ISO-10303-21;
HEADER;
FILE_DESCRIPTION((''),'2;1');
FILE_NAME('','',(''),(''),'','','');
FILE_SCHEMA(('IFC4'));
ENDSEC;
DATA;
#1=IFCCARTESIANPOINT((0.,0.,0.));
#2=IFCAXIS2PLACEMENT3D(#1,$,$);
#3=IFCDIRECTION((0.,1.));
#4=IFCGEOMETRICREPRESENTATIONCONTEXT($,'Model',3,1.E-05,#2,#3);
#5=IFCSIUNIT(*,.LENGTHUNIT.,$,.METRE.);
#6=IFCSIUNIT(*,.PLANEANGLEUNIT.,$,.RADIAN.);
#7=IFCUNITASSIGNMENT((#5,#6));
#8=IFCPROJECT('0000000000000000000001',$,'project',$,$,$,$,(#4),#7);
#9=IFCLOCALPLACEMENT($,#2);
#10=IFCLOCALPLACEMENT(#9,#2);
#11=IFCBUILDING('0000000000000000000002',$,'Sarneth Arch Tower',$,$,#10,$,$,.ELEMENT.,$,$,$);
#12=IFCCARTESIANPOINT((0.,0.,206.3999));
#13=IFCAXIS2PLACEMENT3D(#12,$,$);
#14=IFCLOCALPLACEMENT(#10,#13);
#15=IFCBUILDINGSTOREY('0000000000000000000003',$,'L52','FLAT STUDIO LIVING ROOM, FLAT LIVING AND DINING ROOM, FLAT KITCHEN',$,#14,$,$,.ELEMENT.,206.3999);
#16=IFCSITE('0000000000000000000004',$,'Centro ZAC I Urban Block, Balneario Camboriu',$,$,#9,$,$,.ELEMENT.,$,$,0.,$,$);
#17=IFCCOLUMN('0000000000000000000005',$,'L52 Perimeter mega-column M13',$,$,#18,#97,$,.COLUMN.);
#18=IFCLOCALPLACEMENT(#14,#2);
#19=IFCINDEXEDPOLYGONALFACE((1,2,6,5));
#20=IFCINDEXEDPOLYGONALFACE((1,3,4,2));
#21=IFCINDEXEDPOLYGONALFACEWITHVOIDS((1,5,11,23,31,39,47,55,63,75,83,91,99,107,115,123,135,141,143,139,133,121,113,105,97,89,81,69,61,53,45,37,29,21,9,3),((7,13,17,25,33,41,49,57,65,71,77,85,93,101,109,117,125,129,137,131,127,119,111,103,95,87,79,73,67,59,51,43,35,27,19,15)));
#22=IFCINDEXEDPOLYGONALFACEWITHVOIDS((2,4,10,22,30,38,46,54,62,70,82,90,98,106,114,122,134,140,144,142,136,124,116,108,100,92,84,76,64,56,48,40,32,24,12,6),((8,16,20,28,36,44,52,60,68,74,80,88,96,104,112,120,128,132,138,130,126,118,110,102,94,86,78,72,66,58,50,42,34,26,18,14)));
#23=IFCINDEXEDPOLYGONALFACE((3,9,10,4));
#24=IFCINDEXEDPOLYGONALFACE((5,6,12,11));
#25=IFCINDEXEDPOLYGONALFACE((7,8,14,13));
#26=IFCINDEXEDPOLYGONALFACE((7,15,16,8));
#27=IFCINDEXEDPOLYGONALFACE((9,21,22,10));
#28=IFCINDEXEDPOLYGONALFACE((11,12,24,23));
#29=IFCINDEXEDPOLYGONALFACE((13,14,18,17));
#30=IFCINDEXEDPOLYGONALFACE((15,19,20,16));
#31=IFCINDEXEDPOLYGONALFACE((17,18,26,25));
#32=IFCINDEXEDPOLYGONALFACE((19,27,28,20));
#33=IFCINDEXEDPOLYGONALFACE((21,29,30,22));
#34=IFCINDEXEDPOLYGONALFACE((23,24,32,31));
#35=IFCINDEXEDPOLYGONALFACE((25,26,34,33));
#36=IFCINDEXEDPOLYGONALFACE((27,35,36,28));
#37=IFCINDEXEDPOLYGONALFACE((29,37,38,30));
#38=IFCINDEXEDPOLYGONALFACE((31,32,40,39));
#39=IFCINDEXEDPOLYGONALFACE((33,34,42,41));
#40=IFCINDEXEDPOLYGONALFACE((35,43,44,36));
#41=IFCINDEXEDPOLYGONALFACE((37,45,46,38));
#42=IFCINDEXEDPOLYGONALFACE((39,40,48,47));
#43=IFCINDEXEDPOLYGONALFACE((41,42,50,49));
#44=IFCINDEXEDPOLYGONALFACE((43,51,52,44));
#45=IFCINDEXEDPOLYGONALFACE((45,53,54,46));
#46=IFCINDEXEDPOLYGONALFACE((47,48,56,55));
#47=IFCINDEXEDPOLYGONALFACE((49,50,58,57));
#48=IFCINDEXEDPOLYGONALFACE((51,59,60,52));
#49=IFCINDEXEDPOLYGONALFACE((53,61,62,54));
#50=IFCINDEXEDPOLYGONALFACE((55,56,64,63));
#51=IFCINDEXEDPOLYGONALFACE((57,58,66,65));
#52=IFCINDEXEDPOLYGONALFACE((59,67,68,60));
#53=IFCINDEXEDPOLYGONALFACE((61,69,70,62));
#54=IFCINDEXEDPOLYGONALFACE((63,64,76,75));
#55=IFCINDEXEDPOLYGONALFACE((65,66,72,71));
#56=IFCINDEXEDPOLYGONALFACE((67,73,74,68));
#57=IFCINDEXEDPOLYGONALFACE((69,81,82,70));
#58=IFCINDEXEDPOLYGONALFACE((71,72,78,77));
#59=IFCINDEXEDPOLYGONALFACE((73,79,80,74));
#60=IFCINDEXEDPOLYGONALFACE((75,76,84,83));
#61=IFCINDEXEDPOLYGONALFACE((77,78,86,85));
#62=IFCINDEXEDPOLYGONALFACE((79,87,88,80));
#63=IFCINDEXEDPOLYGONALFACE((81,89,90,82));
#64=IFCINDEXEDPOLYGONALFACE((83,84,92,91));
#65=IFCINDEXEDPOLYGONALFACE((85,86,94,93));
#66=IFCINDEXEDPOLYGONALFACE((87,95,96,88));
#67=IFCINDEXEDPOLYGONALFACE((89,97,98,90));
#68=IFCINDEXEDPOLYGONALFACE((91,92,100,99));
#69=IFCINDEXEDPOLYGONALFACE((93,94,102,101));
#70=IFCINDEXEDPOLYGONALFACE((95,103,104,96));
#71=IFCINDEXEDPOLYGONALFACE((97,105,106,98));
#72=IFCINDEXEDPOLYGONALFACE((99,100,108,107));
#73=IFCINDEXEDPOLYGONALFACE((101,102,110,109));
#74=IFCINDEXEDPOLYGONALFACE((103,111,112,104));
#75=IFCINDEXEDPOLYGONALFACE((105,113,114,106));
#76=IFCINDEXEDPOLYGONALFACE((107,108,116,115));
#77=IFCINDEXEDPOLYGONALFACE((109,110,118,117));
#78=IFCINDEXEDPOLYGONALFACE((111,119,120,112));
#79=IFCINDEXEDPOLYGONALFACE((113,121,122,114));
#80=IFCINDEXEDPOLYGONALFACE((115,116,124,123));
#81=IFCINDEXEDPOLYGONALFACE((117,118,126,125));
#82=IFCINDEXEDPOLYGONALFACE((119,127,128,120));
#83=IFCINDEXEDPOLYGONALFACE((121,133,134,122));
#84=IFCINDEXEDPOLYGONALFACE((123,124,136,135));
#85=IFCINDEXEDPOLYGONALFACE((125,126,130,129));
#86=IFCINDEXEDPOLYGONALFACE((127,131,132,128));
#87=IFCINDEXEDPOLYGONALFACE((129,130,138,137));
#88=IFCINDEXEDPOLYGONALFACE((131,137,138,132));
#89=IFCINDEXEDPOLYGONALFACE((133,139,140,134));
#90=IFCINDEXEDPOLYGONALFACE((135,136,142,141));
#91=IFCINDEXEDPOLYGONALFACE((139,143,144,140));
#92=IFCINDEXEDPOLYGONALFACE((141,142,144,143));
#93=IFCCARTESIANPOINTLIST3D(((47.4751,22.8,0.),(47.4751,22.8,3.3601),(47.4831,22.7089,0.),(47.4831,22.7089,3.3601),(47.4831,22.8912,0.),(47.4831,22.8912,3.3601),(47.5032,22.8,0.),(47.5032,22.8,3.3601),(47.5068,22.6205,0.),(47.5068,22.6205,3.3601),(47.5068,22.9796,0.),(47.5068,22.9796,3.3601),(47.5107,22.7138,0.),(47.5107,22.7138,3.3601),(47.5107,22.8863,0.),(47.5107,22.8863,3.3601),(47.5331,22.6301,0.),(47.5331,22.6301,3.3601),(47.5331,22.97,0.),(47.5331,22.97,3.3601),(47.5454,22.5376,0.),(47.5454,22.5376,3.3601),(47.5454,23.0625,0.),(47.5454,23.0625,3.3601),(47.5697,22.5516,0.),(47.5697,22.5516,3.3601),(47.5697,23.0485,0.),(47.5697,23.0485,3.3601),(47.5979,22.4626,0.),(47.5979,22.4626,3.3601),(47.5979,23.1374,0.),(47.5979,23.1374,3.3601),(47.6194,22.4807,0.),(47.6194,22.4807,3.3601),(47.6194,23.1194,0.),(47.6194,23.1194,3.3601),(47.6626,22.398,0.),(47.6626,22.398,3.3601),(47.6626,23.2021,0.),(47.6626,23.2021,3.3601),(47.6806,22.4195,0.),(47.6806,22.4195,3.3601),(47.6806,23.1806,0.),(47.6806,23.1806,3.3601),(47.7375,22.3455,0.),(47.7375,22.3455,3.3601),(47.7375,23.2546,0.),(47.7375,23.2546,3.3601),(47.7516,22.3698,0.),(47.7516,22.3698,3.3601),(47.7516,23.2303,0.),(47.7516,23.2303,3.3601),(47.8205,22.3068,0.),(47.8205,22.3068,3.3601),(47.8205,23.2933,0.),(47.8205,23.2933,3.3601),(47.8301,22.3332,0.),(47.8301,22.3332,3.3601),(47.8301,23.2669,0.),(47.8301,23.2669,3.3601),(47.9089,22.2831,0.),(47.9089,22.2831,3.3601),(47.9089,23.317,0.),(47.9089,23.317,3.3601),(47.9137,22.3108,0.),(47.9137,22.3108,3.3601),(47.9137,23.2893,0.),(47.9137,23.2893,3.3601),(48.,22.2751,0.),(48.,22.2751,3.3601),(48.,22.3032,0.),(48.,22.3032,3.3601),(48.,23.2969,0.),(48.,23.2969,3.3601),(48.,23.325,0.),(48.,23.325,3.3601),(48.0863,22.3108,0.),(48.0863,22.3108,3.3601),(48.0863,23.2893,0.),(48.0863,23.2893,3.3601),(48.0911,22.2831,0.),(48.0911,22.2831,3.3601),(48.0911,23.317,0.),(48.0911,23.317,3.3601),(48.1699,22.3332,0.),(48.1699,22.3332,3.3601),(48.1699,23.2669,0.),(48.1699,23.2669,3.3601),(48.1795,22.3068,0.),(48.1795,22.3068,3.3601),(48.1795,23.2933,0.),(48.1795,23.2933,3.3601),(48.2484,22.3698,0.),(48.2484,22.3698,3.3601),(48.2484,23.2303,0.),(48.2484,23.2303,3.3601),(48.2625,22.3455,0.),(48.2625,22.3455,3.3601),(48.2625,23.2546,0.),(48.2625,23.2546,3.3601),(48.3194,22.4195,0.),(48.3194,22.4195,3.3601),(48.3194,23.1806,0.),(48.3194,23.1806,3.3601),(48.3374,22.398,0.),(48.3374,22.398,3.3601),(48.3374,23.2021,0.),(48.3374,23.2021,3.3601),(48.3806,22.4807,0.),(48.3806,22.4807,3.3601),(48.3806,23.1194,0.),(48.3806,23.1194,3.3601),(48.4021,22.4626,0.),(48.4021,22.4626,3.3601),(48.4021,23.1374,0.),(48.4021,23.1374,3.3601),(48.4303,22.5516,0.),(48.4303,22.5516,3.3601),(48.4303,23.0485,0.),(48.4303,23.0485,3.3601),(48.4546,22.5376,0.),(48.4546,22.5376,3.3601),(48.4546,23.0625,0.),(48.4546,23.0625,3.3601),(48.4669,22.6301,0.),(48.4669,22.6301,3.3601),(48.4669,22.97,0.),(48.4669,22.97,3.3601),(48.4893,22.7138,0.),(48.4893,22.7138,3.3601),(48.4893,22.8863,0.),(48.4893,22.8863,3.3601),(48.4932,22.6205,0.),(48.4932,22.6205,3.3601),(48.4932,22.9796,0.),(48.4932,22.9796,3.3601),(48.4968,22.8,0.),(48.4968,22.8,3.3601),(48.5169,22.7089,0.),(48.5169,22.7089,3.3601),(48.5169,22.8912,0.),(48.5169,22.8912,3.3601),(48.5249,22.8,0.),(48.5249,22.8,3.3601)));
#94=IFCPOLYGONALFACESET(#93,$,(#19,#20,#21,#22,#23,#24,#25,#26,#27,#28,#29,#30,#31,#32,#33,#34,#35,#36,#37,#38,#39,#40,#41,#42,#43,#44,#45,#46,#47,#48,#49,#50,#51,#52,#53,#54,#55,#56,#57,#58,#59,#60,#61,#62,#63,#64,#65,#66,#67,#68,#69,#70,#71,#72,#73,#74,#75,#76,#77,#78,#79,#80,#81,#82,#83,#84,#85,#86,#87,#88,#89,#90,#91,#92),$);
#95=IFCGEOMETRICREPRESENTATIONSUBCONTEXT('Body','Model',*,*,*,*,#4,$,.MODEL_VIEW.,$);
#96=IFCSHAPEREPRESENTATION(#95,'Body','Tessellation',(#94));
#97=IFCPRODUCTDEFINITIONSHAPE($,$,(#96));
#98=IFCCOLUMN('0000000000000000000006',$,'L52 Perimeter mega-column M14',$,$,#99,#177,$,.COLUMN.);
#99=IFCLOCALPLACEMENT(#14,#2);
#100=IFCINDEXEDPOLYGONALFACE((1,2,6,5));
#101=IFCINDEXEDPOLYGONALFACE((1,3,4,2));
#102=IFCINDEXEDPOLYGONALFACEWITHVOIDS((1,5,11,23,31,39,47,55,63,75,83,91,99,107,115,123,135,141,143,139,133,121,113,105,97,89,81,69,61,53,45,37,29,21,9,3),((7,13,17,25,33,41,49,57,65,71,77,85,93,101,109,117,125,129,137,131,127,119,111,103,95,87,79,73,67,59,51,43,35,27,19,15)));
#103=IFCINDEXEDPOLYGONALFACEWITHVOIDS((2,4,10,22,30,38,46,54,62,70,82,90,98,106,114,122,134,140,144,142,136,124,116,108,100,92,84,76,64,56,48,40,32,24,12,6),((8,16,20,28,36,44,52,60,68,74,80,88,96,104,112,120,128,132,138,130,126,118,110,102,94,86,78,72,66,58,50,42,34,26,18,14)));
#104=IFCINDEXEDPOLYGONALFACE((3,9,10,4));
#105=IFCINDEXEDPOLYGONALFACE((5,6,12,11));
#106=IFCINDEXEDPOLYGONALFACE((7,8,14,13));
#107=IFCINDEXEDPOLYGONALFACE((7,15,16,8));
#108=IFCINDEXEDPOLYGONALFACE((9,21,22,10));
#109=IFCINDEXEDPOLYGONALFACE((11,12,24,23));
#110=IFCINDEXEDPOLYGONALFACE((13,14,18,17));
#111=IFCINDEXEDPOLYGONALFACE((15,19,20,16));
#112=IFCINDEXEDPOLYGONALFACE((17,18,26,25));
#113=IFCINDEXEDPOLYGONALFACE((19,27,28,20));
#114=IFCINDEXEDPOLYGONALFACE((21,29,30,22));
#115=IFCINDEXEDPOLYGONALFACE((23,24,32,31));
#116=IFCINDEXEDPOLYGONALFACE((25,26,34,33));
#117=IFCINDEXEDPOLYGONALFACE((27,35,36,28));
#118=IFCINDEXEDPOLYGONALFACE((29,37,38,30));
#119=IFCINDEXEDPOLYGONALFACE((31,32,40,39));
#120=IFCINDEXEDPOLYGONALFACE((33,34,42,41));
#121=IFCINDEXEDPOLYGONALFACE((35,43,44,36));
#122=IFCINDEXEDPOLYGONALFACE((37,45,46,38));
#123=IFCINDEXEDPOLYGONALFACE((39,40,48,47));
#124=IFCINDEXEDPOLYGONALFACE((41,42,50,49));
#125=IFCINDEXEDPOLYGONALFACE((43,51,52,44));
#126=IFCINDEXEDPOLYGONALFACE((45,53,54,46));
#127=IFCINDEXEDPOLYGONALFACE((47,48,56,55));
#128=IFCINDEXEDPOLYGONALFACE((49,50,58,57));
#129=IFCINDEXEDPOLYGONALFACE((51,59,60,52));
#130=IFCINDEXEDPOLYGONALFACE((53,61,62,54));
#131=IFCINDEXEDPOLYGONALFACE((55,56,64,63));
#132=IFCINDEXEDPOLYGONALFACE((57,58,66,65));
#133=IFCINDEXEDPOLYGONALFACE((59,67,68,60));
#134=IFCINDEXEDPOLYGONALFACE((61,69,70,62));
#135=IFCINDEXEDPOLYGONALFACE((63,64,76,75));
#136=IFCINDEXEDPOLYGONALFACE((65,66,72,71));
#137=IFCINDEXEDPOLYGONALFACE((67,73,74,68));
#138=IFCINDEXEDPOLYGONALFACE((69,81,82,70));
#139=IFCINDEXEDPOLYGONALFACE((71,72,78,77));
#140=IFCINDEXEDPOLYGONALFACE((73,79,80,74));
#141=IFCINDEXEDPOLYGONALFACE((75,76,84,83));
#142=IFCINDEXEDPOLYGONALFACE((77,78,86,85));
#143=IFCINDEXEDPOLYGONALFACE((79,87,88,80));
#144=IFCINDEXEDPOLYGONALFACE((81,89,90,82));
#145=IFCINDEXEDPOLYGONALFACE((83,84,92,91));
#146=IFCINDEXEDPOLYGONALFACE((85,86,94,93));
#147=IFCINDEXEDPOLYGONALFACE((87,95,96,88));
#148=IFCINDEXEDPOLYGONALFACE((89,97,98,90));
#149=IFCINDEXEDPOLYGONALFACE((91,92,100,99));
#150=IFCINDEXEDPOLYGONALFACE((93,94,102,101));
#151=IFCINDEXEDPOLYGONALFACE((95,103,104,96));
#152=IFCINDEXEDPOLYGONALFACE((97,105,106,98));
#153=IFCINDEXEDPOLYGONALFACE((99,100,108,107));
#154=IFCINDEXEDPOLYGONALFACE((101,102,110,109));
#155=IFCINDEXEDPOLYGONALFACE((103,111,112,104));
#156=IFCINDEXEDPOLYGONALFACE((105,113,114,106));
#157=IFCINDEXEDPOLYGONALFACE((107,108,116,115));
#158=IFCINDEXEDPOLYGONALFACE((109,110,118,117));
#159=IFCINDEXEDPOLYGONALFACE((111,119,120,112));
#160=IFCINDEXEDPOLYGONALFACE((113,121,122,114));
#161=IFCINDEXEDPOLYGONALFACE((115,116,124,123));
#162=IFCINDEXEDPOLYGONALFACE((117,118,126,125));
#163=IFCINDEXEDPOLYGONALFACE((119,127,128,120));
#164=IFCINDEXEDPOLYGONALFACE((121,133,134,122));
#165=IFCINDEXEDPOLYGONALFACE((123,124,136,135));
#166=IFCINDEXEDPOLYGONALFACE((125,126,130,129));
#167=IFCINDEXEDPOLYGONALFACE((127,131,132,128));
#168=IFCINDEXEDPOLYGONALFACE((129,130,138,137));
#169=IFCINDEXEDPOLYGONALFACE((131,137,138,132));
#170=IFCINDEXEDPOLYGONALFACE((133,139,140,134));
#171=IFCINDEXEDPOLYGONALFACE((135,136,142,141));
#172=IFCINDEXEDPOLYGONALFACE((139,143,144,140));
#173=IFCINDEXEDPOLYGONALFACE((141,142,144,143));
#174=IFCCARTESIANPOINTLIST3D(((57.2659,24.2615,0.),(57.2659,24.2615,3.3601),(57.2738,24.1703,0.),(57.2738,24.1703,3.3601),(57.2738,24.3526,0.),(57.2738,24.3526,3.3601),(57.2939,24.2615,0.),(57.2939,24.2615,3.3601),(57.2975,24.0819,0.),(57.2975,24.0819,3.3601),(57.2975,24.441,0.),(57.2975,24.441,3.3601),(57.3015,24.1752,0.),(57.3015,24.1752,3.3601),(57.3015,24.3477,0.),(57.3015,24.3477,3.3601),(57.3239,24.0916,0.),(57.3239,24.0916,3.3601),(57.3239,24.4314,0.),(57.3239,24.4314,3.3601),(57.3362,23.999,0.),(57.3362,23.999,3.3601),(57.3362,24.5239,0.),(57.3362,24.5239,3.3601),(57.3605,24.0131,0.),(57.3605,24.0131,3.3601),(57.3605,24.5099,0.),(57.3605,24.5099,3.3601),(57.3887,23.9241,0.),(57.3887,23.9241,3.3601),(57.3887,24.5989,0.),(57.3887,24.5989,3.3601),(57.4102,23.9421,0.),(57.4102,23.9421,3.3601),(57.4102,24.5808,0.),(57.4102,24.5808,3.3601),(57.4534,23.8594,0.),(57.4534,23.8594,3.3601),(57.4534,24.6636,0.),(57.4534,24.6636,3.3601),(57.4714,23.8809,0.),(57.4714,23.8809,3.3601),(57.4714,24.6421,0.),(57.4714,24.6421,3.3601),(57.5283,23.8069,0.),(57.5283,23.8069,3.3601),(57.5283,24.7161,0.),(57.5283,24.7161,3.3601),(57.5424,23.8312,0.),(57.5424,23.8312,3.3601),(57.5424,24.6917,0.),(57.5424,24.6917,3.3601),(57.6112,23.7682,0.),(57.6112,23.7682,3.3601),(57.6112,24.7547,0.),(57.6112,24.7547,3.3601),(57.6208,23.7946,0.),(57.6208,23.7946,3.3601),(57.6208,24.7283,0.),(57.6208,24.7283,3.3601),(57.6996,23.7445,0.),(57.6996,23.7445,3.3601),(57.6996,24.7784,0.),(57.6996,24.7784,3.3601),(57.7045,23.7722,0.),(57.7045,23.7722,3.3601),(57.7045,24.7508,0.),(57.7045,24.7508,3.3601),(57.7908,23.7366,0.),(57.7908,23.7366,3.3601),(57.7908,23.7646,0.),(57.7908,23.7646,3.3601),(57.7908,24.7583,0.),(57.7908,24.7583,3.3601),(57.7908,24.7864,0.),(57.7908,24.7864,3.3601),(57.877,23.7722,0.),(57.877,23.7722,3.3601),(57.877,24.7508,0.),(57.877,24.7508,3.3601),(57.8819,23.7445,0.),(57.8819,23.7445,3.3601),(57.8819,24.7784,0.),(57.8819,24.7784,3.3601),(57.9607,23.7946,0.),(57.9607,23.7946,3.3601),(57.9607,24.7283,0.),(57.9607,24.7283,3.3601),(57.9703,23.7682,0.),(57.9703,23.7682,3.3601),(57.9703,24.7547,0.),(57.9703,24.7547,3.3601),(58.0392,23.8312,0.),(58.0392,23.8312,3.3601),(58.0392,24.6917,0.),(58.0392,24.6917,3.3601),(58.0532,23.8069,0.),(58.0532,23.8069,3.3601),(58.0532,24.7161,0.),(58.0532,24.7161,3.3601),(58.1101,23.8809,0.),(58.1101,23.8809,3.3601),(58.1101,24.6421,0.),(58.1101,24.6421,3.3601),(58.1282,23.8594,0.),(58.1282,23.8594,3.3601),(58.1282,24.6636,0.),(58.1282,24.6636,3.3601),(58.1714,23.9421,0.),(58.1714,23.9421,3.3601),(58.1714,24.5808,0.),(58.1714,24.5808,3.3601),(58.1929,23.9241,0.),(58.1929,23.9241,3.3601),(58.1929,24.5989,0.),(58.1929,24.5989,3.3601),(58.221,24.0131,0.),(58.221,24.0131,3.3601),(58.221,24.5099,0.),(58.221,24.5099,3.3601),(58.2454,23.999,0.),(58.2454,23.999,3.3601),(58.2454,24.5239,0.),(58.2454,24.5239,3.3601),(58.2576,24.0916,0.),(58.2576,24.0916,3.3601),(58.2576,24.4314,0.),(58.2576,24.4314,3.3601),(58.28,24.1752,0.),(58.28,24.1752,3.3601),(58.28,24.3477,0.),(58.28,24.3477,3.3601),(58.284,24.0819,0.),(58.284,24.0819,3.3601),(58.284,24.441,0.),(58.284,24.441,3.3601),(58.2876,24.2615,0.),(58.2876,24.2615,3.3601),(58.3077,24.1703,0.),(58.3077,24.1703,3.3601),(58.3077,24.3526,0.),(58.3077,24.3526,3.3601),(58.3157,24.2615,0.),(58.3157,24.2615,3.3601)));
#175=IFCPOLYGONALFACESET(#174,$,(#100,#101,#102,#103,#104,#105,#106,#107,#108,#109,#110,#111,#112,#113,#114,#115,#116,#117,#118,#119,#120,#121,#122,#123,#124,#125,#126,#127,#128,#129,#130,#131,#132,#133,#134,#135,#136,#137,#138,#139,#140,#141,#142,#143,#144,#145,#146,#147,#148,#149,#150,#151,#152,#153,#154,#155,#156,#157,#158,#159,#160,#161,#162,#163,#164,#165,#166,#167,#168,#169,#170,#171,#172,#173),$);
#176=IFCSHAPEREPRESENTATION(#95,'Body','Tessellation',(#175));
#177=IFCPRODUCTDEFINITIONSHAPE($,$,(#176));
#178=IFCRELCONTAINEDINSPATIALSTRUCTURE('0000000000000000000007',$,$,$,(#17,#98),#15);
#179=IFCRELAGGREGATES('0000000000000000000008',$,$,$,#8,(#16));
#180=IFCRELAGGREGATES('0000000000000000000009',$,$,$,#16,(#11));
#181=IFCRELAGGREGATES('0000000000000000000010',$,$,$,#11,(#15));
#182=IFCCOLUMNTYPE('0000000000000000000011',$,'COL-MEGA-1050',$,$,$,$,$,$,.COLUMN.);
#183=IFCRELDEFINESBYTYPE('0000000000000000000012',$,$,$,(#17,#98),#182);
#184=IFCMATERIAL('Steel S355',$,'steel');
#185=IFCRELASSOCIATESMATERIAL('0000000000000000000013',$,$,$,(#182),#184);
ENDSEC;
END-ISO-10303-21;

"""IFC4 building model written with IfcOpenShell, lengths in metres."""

from ifc_helpers import new_model, si_unit, direction, frame, origin, origin_2d, place, context, subcontext, project, spatial, hollow_circle, extrude, material, material_profile, profile_set, type_object, element, save


model = new_model("IFC4")

# Units and contexts
model_context = context("Model", 3, precision=1e-05, world=origin(), true_north=direction((0.0, 1.0)))
body_context = subcontext(model_context, "Body", "Model", "MODEL_VIEW")
ifc_project = project(units=[si_unit("LENGTHUNIT", "METRE"), si_unit("PLANEANGLEUNIT", "RADIAN")], contexts=[model_context])

# Site, building, storey
site_placement = place(None, origin())
site = spatial("IfcSite", under=ifc_project, at=site_placement, Name="Centro ZAC I Urban Block, Balneario Camboriu", CompositionType="ELEMENT", RefElevation=0.0)
building_placement = place(site_placement, origin())
building = spatial("IfcBuilding", under=site, at=building_placement, Name="Sarneth Arch Tower", CompositionType="ELEMENT")
storey_placement = place(building_placement, frame((0.0, 0.0, 206.3999)))
storey = spatial("IfcBuildingStorey", under=building, at=storey_placement, Name="L52", Description="FLAT STUDIO LIVING ROOM, FLAT LIVING AND DINING ROOM, FLAT KITCHEN", CompositionType="ELEMENT", Elevation=206.3999)

# Columns
ifc_material_1 = material(Name="Steel S355", Category="steel")
ifc_material_profile_1 = material_profile(ifc_material_1, hollow_circle(Radius=0.5249, WallThickness=0.0281, at=origin_2d()), Name="CHS1050x28")
ifc_profile_set_1 = profile_set([ifc_material_profile_1], Name="Steel S355")
column_type = type_object("IfcColumnType", Name="COL-MEGA-1050", PredefinedType="COLUMN", material=ifc_profile_set_1)
for number, where, z_axis, x_axis, name in (
    (1, (48.0, 22.8, 0.0), (0.0, 0.0, 1.0), (1.0, 0.0, 0.0), "L52 Perimeter mega-column M13"),
    (2, (57.7908, 24.2615, 0.0), (0.0, 0.0, 1.0), (1.0, 0.0, 0.0), "L52 Perimeter mega-column M14"),
):
    element("IfcColumn", number, at=place(storey_placement, frame(where, z_axis=z_axis, x_axis=x_axis)), inside=storey, type_object=column_type, Name=name, PredefinedType="COLUMN", context=body_context, shape_type="SweptSolid", body=[
        extrude(hollow_circle(Radius=0.5249, WallThickness=0.0281, at=origin_2d()), origin(), (0.0, 0.0, 1.0), 3.3601),
    ])

save(model, "model.ifc")
